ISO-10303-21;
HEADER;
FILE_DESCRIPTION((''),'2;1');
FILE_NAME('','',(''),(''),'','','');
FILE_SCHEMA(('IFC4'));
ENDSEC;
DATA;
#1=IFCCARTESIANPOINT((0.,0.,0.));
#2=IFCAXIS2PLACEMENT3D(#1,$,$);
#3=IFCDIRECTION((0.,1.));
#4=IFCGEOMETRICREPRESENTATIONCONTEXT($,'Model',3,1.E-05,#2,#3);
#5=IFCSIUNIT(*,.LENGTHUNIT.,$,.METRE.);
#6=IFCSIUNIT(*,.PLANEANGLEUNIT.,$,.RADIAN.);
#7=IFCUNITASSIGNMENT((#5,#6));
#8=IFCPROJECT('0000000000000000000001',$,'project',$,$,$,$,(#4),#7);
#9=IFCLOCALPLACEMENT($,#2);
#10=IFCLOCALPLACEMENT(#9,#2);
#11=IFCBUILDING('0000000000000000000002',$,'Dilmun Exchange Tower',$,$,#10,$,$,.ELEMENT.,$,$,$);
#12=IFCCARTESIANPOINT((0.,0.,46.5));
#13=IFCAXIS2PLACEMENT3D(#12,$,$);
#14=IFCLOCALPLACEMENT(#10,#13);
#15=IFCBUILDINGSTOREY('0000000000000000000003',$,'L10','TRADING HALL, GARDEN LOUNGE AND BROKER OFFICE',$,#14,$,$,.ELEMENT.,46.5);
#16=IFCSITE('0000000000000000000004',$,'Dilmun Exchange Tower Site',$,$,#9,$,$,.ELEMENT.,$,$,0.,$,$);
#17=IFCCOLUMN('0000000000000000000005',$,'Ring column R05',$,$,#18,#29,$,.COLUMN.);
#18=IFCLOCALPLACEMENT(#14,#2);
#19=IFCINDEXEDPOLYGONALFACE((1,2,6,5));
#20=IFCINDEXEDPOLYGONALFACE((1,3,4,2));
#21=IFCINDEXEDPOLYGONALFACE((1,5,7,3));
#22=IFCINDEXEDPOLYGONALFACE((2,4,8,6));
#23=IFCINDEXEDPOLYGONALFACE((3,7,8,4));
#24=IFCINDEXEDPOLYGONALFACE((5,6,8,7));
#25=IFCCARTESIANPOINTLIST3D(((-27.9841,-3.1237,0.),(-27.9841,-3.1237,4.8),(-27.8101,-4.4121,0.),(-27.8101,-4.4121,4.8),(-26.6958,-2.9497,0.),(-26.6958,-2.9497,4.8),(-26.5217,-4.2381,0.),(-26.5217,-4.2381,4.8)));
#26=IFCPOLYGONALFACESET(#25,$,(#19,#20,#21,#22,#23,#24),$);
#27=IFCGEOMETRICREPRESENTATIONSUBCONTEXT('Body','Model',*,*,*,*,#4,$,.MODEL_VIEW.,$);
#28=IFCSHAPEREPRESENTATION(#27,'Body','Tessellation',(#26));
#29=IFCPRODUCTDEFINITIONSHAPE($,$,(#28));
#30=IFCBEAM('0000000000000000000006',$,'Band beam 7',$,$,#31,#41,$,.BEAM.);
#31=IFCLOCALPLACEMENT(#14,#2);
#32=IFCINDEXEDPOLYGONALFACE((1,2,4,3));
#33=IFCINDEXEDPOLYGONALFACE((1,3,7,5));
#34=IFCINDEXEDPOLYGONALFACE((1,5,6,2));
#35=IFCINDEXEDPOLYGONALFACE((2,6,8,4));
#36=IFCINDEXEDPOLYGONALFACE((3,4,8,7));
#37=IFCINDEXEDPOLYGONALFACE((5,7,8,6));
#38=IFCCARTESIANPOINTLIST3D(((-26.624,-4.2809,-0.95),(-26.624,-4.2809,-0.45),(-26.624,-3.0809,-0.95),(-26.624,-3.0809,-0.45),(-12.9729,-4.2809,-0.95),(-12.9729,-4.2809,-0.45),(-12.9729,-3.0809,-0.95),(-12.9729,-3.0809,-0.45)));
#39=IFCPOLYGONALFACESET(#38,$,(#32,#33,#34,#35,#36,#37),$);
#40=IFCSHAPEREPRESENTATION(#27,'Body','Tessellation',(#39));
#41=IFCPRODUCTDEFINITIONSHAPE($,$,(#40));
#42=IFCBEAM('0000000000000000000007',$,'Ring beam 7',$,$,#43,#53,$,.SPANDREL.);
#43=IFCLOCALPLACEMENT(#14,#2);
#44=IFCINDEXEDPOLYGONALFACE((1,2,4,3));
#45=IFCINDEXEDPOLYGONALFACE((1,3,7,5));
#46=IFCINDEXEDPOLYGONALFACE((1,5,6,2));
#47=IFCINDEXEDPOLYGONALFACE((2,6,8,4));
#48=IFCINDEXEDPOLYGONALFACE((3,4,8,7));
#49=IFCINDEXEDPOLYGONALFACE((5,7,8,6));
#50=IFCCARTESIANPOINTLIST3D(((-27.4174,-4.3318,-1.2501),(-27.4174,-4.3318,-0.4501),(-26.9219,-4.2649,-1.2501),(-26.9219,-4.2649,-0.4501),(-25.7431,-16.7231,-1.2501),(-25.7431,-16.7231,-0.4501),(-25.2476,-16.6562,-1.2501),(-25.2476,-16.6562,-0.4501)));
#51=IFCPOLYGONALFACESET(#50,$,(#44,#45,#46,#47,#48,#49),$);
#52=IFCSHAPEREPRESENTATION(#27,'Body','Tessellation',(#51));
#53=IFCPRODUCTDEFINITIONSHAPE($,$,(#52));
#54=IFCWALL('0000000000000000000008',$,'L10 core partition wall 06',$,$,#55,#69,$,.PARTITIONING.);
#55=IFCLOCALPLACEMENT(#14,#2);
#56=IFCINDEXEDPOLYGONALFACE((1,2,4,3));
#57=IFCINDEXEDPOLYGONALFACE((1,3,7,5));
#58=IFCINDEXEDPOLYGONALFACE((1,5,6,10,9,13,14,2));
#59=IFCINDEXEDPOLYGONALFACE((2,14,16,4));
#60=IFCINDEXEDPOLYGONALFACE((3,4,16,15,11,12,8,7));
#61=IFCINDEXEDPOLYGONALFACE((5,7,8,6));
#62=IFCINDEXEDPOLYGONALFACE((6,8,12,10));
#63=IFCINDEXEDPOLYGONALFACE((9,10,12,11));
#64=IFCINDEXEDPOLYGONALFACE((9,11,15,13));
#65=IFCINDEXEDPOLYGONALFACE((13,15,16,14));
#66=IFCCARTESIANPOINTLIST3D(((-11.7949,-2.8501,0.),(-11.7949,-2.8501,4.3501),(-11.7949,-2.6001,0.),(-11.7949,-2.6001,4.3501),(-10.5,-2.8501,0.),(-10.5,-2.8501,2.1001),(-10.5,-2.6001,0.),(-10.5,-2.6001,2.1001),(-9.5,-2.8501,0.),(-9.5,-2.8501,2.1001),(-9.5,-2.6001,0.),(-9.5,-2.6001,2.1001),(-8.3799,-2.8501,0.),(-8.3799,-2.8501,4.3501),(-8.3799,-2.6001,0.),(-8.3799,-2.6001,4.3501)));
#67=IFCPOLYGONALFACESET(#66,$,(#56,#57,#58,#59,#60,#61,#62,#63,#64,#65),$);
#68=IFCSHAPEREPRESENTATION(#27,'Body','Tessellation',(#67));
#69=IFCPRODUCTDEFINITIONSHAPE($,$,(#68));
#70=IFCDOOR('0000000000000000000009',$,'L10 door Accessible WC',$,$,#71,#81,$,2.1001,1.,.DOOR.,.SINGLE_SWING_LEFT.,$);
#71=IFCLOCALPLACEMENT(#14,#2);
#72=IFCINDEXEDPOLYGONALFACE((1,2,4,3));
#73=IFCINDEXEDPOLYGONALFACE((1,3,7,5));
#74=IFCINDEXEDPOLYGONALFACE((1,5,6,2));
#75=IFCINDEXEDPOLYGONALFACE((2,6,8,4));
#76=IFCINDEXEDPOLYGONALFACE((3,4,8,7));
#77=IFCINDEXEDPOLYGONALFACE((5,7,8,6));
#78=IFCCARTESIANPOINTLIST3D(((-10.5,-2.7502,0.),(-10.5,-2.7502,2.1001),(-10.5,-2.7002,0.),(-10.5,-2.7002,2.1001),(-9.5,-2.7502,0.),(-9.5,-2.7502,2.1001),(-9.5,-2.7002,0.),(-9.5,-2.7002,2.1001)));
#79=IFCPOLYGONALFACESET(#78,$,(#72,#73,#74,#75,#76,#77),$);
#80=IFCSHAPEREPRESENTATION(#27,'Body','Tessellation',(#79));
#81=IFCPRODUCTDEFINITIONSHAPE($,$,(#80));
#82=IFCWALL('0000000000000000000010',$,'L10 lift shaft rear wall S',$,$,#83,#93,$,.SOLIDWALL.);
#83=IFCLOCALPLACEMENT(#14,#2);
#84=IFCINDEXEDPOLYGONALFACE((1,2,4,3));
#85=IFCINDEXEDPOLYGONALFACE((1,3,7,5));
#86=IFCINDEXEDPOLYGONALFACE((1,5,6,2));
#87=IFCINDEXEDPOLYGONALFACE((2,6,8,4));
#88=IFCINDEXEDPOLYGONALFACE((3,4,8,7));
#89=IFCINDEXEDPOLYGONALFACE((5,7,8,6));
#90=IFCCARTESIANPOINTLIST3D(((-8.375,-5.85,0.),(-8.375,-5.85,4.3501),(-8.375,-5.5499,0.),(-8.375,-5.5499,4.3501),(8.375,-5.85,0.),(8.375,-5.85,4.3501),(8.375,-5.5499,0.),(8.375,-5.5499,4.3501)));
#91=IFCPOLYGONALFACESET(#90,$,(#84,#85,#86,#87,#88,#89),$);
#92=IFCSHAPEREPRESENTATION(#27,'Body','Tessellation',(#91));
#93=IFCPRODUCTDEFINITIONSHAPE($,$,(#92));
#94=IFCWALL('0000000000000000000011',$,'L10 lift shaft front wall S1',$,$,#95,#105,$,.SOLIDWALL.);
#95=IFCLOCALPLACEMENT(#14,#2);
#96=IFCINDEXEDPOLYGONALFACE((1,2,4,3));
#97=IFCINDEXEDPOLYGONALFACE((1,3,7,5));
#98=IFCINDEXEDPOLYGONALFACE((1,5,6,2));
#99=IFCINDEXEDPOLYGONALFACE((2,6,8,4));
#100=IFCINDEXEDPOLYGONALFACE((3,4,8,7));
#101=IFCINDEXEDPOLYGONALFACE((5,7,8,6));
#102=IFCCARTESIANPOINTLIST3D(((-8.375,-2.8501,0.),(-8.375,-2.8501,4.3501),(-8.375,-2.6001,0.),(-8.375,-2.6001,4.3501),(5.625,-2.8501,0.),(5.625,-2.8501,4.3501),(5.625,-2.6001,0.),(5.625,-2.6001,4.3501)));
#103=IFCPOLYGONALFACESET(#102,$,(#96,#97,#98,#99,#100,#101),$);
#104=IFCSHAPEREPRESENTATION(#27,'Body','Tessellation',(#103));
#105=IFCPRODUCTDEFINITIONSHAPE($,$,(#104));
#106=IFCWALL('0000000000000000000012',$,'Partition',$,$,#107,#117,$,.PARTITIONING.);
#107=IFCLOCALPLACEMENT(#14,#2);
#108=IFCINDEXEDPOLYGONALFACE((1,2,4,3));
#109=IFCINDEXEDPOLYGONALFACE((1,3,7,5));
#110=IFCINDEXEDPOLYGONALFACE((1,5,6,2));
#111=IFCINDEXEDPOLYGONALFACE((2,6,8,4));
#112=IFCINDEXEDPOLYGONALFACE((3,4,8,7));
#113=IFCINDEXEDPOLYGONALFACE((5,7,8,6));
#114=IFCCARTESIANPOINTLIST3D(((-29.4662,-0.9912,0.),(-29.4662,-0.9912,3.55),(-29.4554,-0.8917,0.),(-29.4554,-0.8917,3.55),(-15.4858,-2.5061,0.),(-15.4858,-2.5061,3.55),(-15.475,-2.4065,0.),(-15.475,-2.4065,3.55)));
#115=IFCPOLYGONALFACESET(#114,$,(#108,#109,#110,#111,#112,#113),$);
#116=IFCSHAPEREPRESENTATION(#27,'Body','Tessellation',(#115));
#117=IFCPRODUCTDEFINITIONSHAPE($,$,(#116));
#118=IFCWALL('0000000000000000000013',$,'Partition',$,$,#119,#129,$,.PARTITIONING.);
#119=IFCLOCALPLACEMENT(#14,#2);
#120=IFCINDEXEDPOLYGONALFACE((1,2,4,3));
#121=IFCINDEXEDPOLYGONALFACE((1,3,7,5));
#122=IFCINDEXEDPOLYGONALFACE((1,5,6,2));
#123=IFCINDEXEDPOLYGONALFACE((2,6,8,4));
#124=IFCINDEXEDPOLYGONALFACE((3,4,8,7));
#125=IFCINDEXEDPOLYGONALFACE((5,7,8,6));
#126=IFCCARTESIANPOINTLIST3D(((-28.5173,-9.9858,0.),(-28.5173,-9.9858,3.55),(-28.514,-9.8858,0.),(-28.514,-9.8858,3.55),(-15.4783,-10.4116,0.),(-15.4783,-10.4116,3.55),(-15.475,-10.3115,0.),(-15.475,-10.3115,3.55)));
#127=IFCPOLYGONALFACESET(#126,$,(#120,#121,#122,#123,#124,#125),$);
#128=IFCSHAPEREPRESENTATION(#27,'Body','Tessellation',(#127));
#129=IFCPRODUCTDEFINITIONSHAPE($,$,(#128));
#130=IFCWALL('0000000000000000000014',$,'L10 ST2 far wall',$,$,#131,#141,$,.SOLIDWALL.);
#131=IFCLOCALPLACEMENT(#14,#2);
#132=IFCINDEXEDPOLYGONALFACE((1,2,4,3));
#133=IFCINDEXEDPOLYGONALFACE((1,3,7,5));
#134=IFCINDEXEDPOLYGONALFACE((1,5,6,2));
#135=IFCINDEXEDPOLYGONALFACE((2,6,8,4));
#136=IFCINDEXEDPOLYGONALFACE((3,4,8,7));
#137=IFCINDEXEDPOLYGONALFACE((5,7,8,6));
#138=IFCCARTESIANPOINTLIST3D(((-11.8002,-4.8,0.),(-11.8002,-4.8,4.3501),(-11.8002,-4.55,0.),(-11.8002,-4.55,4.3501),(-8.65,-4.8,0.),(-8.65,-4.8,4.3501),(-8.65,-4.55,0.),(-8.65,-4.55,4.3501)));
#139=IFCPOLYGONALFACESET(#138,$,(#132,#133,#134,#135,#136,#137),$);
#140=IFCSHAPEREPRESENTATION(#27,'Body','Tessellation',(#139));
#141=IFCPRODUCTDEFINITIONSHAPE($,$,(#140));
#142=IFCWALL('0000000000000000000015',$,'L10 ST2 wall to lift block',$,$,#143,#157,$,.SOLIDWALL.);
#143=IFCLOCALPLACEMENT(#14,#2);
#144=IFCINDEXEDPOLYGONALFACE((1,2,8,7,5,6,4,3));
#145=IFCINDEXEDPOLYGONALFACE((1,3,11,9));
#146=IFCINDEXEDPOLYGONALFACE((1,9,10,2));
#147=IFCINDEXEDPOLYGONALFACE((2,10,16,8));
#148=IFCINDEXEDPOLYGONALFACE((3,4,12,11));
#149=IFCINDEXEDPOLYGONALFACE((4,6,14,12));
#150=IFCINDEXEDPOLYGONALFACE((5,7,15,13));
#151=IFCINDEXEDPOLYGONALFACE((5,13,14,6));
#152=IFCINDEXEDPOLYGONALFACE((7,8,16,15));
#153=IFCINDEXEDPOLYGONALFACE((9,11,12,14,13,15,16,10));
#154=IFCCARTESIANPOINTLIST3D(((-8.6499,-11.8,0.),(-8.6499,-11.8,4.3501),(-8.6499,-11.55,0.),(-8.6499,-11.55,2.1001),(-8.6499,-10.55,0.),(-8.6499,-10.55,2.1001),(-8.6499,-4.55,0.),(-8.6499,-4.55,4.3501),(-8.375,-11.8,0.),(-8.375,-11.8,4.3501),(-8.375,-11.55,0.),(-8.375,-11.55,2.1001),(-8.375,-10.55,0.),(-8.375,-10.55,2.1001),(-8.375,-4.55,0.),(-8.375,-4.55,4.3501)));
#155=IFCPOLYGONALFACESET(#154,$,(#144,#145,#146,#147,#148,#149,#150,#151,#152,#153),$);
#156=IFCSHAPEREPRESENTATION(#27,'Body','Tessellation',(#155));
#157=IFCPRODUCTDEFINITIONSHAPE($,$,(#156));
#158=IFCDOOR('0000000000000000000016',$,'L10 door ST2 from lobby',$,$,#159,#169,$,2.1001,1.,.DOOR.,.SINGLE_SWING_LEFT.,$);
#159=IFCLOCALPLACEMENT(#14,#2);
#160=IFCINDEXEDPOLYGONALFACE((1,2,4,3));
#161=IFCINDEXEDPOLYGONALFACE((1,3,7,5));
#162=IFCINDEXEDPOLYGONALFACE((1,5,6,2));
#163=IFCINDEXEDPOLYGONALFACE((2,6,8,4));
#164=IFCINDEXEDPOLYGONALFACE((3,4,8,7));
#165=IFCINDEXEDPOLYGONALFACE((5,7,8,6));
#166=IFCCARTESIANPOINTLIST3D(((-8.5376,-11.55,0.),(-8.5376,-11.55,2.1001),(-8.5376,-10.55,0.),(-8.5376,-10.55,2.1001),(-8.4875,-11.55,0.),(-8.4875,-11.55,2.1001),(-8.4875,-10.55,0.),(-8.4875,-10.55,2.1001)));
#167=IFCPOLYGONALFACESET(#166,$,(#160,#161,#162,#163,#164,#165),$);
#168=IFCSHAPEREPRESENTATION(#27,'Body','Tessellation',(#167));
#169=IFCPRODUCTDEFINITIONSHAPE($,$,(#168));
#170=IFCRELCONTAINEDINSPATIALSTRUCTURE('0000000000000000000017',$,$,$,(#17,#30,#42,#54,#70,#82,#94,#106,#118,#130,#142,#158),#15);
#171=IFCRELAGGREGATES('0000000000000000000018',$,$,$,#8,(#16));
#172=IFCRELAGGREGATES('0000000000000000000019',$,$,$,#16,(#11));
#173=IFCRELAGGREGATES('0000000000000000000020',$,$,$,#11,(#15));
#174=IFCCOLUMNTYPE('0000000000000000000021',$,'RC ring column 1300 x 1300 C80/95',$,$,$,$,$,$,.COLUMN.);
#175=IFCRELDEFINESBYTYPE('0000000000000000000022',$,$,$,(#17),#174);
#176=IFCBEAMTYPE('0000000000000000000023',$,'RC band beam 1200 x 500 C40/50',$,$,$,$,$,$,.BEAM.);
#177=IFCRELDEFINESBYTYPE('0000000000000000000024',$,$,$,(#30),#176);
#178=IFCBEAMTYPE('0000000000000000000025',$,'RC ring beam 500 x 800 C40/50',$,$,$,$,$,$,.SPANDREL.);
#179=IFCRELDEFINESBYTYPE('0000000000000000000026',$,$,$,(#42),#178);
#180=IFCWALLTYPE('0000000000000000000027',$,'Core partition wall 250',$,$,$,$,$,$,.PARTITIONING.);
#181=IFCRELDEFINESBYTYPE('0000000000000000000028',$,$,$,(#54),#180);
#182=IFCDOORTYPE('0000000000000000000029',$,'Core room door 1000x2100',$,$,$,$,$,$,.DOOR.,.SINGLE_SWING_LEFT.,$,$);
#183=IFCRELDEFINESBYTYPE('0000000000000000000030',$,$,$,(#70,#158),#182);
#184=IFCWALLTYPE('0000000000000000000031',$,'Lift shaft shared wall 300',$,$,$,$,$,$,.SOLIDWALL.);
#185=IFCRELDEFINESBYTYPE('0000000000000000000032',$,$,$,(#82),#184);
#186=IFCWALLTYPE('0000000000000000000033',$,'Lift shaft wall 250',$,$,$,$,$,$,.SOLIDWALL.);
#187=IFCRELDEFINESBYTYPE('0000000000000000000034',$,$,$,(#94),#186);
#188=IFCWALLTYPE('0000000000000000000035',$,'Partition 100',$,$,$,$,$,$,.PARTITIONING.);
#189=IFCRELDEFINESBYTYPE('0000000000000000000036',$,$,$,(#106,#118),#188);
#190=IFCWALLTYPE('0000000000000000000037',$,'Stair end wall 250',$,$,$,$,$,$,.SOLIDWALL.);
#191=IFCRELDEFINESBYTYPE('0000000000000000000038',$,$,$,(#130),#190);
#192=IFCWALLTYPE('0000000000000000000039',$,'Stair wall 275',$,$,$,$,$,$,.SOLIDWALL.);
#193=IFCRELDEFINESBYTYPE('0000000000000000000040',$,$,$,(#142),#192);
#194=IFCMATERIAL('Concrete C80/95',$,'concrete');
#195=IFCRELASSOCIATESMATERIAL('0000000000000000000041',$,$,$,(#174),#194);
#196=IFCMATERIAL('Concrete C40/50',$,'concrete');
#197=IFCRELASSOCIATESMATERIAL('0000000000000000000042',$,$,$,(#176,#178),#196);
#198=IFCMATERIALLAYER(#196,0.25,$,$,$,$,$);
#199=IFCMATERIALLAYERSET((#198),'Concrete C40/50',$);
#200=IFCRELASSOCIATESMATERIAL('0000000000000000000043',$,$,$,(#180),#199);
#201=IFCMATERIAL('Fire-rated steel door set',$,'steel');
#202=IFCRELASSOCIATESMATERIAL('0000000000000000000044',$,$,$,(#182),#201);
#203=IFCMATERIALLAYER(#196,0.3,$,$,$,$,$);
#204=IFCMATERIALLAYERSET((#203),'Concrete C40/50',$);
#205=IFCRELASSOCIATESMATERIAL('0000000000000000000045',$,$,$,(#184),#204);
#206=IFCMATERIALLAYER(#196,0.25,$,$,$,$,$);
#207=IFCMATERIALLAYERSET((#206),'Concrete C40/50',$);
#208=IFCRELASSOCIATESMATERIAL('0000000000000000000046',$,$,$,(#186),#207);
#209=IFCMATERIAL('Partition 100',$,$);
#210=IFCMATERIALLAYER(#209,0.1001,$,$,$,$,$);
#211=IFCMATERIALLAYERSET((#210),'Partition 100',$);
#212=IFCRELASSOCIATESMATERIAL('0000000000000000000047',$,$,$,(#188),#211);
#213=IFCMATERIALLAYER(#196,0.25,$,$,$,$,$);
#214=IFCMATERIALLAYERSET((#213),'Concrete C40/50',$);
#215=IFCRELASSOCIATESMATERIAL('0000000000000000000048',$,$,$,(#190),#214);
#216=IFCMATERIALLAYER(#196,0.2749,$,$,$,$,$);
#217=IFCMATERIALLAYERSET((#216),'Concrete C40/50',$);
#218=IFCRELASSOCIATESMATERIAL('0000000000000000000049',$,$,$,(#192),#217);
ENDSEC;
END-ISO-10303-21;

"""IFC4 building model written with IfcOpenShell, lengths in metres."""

from ifc_helpers import new_model, si_unit, direction, frame, frame_2d, origin, origin_2d, place, context, subcontext, project, spatial, rectangle, extrude, material, layer, layer_set, material_profile, profile_set, type_object, element, fill, save


model = new_model("IFC4")

# Units and contexts
model_context = context("Model", 3, precision=1e-05, world=origin(), true_north=direction((0.0, 1.0)))
body_context = subcontext(model_context, "Body", "Model", "MODEL_VIEW")
ifc_project = project(units=[si_unit("LENGTHUNIT", "METRE"), si_unit("PLANEANGLEUNIT", "RADIAN")], contexts=[model_context])

# Site, building, storey
site_placement = place(None, origin())
site = spatial("IfcSite", under=ifc_project, at=site_placement, Name="Dilmun Exchange Tower Site", CompositionType="ELEMENT", RefElevation=0.0)
building_placement = place(site_placement, origin())
building = spatial("IfcBuilding", under=site, at=building_placement, Name="Dilmun Exchange Tower", CompositionType="ELEMENT")
storey_placement = place(building_placement, frame((0.0, 0.0, 46.5)))
storey = spatial("IfcBuildingStorey", under=building, at=storey_placement, Name="L10", Description="TRADING HALL, GARDEN LOUNGE AND BROKER OFFICE", CompositionType="ELEMENT", Elevation=46.5)

# Column
ifc_material_1 = material(Name="Concrete C80/95", Category="concrete")
ifc_material_profile_1 = material_profile(ifc_material_1, rectangle(XDim=1.3, YDim=1.3, at=origin_2d()), Name="1300 x 1300")
ifc_profile_set_1 = profile_set([ifc_material_profile_1], Name="Concrete C80/95")
column_type = type_object("IfcColumnType", Name="RC ring column 1300 x 1300 C80/95", PredefinedType="COLUMN", material=ifc_profile_set_1)
column_placement = place(storey_placement, frame((-27.2529, -3.6809, 0.0), z_axis=(0.0, 0.0, 1.0), x_axis=(0.991001, 0.133853, 0.0)))
element("IfcColumn", 1, at=column_placement, inside=storey, type_object=column_type, Name="Ring column R05", PredefinedType="COLUMN", context=body_context, shape_type="SweptSolid", body=[
    extrude(rectangle(XDim=1.3, YDim=1.3, at=origin_2d()), origin(), (0.0, 0.0, 1.0), 4.8),
])

# Beams
ifc_material_2 = material(Name="Concrete C40/50", Category="concrete")
ifc_material_profile_2 = material_profile(ifc_material_2, rectangle(XDim=1.2, YDim=0.5, at=origin_2d()), Name="1200 x 500")
ifc_profile_set_2 = profile_set([ifc_material_profile_2], Name="Concrete C40/50")
beam_type_1 = type_object("IfcBeamType", Name="RC band beam 1200 x 500 C40/50", PredefinedType="BEAM", material=ifc_profile_set_2)
beam_1_placement = place(storey_placement, frame((-26.624, -3.6809, -0.7), z_axis=(1.0, 0.0, 0.0), x_axis=(0.0, 1.0, 0.0)))
element("IfcBeam", 2, at=beam_1_placement, inside=storey, type_object=beam_type_1, Name="Band beam 7", PredefinedType="BEAM", context=body_context, shape_type="SweptSolid", body=[
    extrude(rectangle(XDim=1.2, YDim=0.5, at=origin_2d()), origin(), (0.0, 0.0, 1.0), 13.6511),
])
ifc_material_profile_3 = material_profile(ifc_material_2, rectangle(XDim=0.5, YDim=0.8, at=origin_2d()), Name="500 x 800")
ifc_profile_set_3 = profile_set([ifc_material_profile_3], Name="Concrete C40/50")
beam_type_2 = type_object("IfcBeamType", Name="RC ring beam 500 x 800 C40/50", PredefinedType="SPANDREL", material=ifc_profile_set_3)
beam_2_placement = place(storey_placement, frame((-27.1697, -4.2983, -0.8501), z_axis=(0.133903, -0.990994, 0.0), x_axis=(0.990994, 0.133903, 0.0)))
element("IfcBeam", 3, at=beam_2_placement, inside=storey, type_object=beam_type_2, Name="Ring beam 7", PredefinedType="SPANDREL", context=body_context, shape_type="SweptSolid", body=[
    extrude(rectangle(XDim=0.5, YDim=0.8, at=origin_2d()), origin(), (0.0, 0.0, 1.0), 12.5039),
])

# Wall, opening, door
ifc_layer_1 = layer(ifc_material_2, 0.25)
ifc_layer_set_1 = layer_set([ifc_layer_1], Name="Concrete C40/50")
wall_type_1 = type_object("IfcWallType", Name="Core partition wall 250", PredefinedType="PARTITIONING", material=ifc_layer_set_1)
wall_1_placement = place(storey_placement, frame((-11.7949, -2.7251, 0.0), z_axis=(0.0, 0.0, 1.0), x_axis=(1.0, 0.0, 0.0)))
wall_1 = element("IfcWall", 4, at=wall_1_placement, inside=storey, type_object=wall_type_1, Name="L10 core partition wall 06", PredefinedType="PARTITIONING", context=body_context, shape_type="SweptSolid", body=[
    extrude(rectangle(XDim=3.415, YDim=0.25, at=frame_2d((1.7075, 0.0))), origin(), (0.0, 0.0, 1.0), 4.3501),
])
opening_1_placement = place(wall_1_placement, frame((1.2949, 0.0, 0.0)))
opening_1 = element("IfcOpeningElement", 5, at=opening_1_placement, cuts=wall_1, PredefinedType="OPENING", context=body_context, shape_type="SweptSolid", body=[
    extrude(rectangle(XDim=1.0, YDim=2.1001, at=frame_2d((0.5, 1.05))), frame((0.0, 0.135, 0.0), z_axis=(0.0, -1.0, 0.0), x_axis=(1.0, 0.0, 0.0)), (0.0, 0.0, 1.0), 0.27),
])
ifc_material_3 = material(Name="Fire-rated steel door set", Category="steel")
door_type = type_object("IfcDoorType", Name="Core room door 1000x2100", OperationType="SINGLE_SWING_LEFT", PredefinedType="DOOR", material=ifc_material_3)
door_1_placement = place(opening_1_placement, origin())
door_1 = element("IfcDoor", 6, at=door_1_placement, inside=storey, type_object=door_type, Name="L10 door Accessible WC", OperationType="SINGLE_SWING_LEFT", OverallHeight=2.1001, OverallWidth=1.0, PredefinedType="DOOR", context=body_context, shape_type="SweptSolid", body=[
    extrude(rectangle(XDim=1.0, YDim=2.1001, at=frame_2d((0.5, 1.05))), frame((0.0, 0.0249, 0.0), z_axis=(0.0, -1.0, 0.0), x_axis=(1.0, 0.0, 0.0)), (0.0, 0.0, 1.0), 0.05),
])
fill(opening_1, door_1)

# Walls
ifc_layer_2 = layer(ifc_material_2, 0.3)
ifc_layer_set_2 = layer_set([ifc_layer_2], Name="Concrete C40/50")
wall_type_2 = type_object("IfcWallType", Name="Lift shaft shared wall 300", PredefinedType="SOLIDWALL", material=ifc_layer_set_2)
wall_2_placement = place(storey_placement, frame((-8.375, -5.7, 0.0), z_axis=(0.0, 0.0, 1.0), x_axis=(1.0, 0.0, 0.0)))
element("IfcWall", 7, at=wall_2_placement, inside=storey, type_object=wall_type_2, Name="L10 lift shaft rear wall S", PredefinedType="SOLIDWALL", context=body_context, shape_type="SweptSolid", body=[
    extrude(rectangle(XDim=16.75, YDim=0.3, at=frame_2d((8.375, 0.0))), origin(), (0.0, 0.0, 1.0), 4.3501),
])
ifc_layer_3 = layer(ifc_material_2, 0.25)
ifc_layer_set_3 = layer_set([ifc_layer_3], Name="Concrete C40/50")
wall_type_3 = type_object("IfcWallType", Name="Lift shaft wall 250", PredefinedType="SOLIDWALL", material=ifc_layer_set_3)
wall_3_placement = place(storey_placement, frame((-8.375, -2.7251, 0.0), z_axis=(0.0, 0.0, 1.0), x_axis=(1.0, 0.0, 0.0)))
element("IfcWall", 8, at=wall_3_placement, inside=storey, type_object=wall_type_3, Name="L10 lift shaft front wall S1", PredefinedType="SOLIDWALL", context=body_context, shape_type="SweptSolid", body=[
    extrude(rectangle(XDim=14.0, YDim=0.25, at=frame_2d((7.0, 0.0))), origin(), (0.0, 0.0, 1.0), 4.3501),
])
ifc_material_4 = material(Name="Partition 100")
ifc_layer_4 = layer(ifc_material_4, 0.1001)
ifc_layer_set_4 = layer_set([ifc_layer_4], Name="Partition 100")
wall_type_4 = type_object("IfcWallType", Name="Partition 100", PredefinedType="PARTITIONING", material=ifc_layer_set_4)
wall_4_placement = place(storey_placement, frame((-29.4609, -0.9414, 0.0), z_axis=(0.0, 0.0, 1.0), x_axis=(0.99418, -0.107727, 0.0)))
element("IfcWall", 9, at=wall_4_placement, inside=storey, type_object=wall_type_4, Name="Partition", PredefinedType="PARTITIONING", context=body_context, shape_type="SweptSolid", body=[
    extrude(rectangle(XDim=14.0623, YDim=0.1001, at=frame_2d((7.0312, 0.0))), origin(), (0.0, 0.0, 1.0), 3.55),
])
wall_5_placement = place(storey_placement, frame((-28.5156, -9.9358, 0.0), z_axis=(0.0, 0.0, 1.0), x_axis=(0.999467, -0.032637, 0.0)))
element("IfcWall", 10, at=wall_5_placement, inside=storey, type_object=wall_type_4, Name="Partition", PredefinedType="PARTITIONING", context=body_context, shape_type="SweptSolid", body=[
    extrude(rectangle(XDim=13.0459, YDim=0.1001, at=frame_2d((6.5229, 0.0))), origin(), (0.0, 0.0, 1.0), 3.55),
])
ifc_layer_5 = layer(ifc_material_2, 0.25)
ifc_layer_set_5 = layer_set([ifc_layer_5], Name="Concrete C40/50")
wall_type_5 = type_object("IfcWallType", Name="Stair end wall 250", PredefinedType="SOLIDWALL", material=ifc_layer_set_5)
wall_6_placement = place(storey_placement, frame((-8.6499, -4.675, 0.0), z_axis=(0.0, 0.0, 1.0), x_axis=(-1.0, 0.0, 0.0)))
element("IfcWall", 11, at=wall_6_placement, inside=storey, type_object=wall_type_5, Name="L10 ST2 far wall", PredefinedType="SOLIDWALL", context=body_context, shape_type="SweptSolid", body=[
    extrude(rectangle(XDim=3.1501, YDim=0.25, at=frame_2d((1.5752, 0.0))), origin(), (0.0, 0.0, 1.0), 4.3501),
])

# Wall, opening, door
ifc_layer_6 = layer(ifc_material_2, 0.2749)
ifc_layer_set_6 = layer_set([ifc_layer_6], Name="Concrete C40/50")
wall_type_6 = type_object("IfcWallType", Name="Stair wall 275", PredefinedType="SOLIDWALL", material=ifc_layer_set_6)
wall_7_placement = place(storey_placement, frame((-8.5125, -4.55, 0.0), z_axis=(0.0, 0.0, 1.0), x_axis=(0.0, -1.0, 0.0)))
wall_7 = element("IfcWall", 12, at=wall_7_placement, inside=storey, type_object=wall_type_6, Name="L10 ST2 wall to lift block", PredefinedType="SOLIDWALL", context=body_context, shape_type="SweptSolid", body=[
    extrude(rectangle(XDim=7.25, YDim=0.2749, at=frame_2d((3.625, 0.0))), origin(), (0.0, 0.0, 1.0), 4.3501),
])
opening_2_placement = place(wall_7_placement, frame((6.0, 0.0, 0.0)))
opening_2 = element("IfcOpeningElement", 13, at=opening_2_placement, cuts=wall_7, PredefinedType="OPENING", context=body_context, shape_type="SweptSolid", body=[
    extrude(rectangle(XDim=1.0, YDim=2.1001, at=frame_2d((0.5, 1.05))), frame((0.0, 0.1475, 0.0), z_axis=(0.0, -1.0, 0.0), x_axis=(1.0, 0.0, 0.0)), (0.0, 0.0, 1.0), 0.2949),
])
door_2_placement = place(opening_2_placement, origin())
door_2 = element("IfcDoor", 14, at=door_2_placement, inside=storey, type_object=door_type, Name="L10 door ST2 from lobby", OperationType="SINGLE_SWING_LEFT", OverallHeight=2.1001, OverallWidth=1.0, PredefinedType="DOOR", context=body_context, shape_type="SweptSolid", body=[
    extrude(rectangle(XDim=1.0, YDim=2.1001, at=frame_2d((0.5, 1.05))), frame((0.0, 0.0249, 0.0), z_axis=(0.0, -1.0, 0.0), x_axis=(1.0, 0.0, 0.0)), (0.0, 0.0, 1.0), 0.05),
])
fill(opening_2, door_2)

save(model, "model.ifc")
